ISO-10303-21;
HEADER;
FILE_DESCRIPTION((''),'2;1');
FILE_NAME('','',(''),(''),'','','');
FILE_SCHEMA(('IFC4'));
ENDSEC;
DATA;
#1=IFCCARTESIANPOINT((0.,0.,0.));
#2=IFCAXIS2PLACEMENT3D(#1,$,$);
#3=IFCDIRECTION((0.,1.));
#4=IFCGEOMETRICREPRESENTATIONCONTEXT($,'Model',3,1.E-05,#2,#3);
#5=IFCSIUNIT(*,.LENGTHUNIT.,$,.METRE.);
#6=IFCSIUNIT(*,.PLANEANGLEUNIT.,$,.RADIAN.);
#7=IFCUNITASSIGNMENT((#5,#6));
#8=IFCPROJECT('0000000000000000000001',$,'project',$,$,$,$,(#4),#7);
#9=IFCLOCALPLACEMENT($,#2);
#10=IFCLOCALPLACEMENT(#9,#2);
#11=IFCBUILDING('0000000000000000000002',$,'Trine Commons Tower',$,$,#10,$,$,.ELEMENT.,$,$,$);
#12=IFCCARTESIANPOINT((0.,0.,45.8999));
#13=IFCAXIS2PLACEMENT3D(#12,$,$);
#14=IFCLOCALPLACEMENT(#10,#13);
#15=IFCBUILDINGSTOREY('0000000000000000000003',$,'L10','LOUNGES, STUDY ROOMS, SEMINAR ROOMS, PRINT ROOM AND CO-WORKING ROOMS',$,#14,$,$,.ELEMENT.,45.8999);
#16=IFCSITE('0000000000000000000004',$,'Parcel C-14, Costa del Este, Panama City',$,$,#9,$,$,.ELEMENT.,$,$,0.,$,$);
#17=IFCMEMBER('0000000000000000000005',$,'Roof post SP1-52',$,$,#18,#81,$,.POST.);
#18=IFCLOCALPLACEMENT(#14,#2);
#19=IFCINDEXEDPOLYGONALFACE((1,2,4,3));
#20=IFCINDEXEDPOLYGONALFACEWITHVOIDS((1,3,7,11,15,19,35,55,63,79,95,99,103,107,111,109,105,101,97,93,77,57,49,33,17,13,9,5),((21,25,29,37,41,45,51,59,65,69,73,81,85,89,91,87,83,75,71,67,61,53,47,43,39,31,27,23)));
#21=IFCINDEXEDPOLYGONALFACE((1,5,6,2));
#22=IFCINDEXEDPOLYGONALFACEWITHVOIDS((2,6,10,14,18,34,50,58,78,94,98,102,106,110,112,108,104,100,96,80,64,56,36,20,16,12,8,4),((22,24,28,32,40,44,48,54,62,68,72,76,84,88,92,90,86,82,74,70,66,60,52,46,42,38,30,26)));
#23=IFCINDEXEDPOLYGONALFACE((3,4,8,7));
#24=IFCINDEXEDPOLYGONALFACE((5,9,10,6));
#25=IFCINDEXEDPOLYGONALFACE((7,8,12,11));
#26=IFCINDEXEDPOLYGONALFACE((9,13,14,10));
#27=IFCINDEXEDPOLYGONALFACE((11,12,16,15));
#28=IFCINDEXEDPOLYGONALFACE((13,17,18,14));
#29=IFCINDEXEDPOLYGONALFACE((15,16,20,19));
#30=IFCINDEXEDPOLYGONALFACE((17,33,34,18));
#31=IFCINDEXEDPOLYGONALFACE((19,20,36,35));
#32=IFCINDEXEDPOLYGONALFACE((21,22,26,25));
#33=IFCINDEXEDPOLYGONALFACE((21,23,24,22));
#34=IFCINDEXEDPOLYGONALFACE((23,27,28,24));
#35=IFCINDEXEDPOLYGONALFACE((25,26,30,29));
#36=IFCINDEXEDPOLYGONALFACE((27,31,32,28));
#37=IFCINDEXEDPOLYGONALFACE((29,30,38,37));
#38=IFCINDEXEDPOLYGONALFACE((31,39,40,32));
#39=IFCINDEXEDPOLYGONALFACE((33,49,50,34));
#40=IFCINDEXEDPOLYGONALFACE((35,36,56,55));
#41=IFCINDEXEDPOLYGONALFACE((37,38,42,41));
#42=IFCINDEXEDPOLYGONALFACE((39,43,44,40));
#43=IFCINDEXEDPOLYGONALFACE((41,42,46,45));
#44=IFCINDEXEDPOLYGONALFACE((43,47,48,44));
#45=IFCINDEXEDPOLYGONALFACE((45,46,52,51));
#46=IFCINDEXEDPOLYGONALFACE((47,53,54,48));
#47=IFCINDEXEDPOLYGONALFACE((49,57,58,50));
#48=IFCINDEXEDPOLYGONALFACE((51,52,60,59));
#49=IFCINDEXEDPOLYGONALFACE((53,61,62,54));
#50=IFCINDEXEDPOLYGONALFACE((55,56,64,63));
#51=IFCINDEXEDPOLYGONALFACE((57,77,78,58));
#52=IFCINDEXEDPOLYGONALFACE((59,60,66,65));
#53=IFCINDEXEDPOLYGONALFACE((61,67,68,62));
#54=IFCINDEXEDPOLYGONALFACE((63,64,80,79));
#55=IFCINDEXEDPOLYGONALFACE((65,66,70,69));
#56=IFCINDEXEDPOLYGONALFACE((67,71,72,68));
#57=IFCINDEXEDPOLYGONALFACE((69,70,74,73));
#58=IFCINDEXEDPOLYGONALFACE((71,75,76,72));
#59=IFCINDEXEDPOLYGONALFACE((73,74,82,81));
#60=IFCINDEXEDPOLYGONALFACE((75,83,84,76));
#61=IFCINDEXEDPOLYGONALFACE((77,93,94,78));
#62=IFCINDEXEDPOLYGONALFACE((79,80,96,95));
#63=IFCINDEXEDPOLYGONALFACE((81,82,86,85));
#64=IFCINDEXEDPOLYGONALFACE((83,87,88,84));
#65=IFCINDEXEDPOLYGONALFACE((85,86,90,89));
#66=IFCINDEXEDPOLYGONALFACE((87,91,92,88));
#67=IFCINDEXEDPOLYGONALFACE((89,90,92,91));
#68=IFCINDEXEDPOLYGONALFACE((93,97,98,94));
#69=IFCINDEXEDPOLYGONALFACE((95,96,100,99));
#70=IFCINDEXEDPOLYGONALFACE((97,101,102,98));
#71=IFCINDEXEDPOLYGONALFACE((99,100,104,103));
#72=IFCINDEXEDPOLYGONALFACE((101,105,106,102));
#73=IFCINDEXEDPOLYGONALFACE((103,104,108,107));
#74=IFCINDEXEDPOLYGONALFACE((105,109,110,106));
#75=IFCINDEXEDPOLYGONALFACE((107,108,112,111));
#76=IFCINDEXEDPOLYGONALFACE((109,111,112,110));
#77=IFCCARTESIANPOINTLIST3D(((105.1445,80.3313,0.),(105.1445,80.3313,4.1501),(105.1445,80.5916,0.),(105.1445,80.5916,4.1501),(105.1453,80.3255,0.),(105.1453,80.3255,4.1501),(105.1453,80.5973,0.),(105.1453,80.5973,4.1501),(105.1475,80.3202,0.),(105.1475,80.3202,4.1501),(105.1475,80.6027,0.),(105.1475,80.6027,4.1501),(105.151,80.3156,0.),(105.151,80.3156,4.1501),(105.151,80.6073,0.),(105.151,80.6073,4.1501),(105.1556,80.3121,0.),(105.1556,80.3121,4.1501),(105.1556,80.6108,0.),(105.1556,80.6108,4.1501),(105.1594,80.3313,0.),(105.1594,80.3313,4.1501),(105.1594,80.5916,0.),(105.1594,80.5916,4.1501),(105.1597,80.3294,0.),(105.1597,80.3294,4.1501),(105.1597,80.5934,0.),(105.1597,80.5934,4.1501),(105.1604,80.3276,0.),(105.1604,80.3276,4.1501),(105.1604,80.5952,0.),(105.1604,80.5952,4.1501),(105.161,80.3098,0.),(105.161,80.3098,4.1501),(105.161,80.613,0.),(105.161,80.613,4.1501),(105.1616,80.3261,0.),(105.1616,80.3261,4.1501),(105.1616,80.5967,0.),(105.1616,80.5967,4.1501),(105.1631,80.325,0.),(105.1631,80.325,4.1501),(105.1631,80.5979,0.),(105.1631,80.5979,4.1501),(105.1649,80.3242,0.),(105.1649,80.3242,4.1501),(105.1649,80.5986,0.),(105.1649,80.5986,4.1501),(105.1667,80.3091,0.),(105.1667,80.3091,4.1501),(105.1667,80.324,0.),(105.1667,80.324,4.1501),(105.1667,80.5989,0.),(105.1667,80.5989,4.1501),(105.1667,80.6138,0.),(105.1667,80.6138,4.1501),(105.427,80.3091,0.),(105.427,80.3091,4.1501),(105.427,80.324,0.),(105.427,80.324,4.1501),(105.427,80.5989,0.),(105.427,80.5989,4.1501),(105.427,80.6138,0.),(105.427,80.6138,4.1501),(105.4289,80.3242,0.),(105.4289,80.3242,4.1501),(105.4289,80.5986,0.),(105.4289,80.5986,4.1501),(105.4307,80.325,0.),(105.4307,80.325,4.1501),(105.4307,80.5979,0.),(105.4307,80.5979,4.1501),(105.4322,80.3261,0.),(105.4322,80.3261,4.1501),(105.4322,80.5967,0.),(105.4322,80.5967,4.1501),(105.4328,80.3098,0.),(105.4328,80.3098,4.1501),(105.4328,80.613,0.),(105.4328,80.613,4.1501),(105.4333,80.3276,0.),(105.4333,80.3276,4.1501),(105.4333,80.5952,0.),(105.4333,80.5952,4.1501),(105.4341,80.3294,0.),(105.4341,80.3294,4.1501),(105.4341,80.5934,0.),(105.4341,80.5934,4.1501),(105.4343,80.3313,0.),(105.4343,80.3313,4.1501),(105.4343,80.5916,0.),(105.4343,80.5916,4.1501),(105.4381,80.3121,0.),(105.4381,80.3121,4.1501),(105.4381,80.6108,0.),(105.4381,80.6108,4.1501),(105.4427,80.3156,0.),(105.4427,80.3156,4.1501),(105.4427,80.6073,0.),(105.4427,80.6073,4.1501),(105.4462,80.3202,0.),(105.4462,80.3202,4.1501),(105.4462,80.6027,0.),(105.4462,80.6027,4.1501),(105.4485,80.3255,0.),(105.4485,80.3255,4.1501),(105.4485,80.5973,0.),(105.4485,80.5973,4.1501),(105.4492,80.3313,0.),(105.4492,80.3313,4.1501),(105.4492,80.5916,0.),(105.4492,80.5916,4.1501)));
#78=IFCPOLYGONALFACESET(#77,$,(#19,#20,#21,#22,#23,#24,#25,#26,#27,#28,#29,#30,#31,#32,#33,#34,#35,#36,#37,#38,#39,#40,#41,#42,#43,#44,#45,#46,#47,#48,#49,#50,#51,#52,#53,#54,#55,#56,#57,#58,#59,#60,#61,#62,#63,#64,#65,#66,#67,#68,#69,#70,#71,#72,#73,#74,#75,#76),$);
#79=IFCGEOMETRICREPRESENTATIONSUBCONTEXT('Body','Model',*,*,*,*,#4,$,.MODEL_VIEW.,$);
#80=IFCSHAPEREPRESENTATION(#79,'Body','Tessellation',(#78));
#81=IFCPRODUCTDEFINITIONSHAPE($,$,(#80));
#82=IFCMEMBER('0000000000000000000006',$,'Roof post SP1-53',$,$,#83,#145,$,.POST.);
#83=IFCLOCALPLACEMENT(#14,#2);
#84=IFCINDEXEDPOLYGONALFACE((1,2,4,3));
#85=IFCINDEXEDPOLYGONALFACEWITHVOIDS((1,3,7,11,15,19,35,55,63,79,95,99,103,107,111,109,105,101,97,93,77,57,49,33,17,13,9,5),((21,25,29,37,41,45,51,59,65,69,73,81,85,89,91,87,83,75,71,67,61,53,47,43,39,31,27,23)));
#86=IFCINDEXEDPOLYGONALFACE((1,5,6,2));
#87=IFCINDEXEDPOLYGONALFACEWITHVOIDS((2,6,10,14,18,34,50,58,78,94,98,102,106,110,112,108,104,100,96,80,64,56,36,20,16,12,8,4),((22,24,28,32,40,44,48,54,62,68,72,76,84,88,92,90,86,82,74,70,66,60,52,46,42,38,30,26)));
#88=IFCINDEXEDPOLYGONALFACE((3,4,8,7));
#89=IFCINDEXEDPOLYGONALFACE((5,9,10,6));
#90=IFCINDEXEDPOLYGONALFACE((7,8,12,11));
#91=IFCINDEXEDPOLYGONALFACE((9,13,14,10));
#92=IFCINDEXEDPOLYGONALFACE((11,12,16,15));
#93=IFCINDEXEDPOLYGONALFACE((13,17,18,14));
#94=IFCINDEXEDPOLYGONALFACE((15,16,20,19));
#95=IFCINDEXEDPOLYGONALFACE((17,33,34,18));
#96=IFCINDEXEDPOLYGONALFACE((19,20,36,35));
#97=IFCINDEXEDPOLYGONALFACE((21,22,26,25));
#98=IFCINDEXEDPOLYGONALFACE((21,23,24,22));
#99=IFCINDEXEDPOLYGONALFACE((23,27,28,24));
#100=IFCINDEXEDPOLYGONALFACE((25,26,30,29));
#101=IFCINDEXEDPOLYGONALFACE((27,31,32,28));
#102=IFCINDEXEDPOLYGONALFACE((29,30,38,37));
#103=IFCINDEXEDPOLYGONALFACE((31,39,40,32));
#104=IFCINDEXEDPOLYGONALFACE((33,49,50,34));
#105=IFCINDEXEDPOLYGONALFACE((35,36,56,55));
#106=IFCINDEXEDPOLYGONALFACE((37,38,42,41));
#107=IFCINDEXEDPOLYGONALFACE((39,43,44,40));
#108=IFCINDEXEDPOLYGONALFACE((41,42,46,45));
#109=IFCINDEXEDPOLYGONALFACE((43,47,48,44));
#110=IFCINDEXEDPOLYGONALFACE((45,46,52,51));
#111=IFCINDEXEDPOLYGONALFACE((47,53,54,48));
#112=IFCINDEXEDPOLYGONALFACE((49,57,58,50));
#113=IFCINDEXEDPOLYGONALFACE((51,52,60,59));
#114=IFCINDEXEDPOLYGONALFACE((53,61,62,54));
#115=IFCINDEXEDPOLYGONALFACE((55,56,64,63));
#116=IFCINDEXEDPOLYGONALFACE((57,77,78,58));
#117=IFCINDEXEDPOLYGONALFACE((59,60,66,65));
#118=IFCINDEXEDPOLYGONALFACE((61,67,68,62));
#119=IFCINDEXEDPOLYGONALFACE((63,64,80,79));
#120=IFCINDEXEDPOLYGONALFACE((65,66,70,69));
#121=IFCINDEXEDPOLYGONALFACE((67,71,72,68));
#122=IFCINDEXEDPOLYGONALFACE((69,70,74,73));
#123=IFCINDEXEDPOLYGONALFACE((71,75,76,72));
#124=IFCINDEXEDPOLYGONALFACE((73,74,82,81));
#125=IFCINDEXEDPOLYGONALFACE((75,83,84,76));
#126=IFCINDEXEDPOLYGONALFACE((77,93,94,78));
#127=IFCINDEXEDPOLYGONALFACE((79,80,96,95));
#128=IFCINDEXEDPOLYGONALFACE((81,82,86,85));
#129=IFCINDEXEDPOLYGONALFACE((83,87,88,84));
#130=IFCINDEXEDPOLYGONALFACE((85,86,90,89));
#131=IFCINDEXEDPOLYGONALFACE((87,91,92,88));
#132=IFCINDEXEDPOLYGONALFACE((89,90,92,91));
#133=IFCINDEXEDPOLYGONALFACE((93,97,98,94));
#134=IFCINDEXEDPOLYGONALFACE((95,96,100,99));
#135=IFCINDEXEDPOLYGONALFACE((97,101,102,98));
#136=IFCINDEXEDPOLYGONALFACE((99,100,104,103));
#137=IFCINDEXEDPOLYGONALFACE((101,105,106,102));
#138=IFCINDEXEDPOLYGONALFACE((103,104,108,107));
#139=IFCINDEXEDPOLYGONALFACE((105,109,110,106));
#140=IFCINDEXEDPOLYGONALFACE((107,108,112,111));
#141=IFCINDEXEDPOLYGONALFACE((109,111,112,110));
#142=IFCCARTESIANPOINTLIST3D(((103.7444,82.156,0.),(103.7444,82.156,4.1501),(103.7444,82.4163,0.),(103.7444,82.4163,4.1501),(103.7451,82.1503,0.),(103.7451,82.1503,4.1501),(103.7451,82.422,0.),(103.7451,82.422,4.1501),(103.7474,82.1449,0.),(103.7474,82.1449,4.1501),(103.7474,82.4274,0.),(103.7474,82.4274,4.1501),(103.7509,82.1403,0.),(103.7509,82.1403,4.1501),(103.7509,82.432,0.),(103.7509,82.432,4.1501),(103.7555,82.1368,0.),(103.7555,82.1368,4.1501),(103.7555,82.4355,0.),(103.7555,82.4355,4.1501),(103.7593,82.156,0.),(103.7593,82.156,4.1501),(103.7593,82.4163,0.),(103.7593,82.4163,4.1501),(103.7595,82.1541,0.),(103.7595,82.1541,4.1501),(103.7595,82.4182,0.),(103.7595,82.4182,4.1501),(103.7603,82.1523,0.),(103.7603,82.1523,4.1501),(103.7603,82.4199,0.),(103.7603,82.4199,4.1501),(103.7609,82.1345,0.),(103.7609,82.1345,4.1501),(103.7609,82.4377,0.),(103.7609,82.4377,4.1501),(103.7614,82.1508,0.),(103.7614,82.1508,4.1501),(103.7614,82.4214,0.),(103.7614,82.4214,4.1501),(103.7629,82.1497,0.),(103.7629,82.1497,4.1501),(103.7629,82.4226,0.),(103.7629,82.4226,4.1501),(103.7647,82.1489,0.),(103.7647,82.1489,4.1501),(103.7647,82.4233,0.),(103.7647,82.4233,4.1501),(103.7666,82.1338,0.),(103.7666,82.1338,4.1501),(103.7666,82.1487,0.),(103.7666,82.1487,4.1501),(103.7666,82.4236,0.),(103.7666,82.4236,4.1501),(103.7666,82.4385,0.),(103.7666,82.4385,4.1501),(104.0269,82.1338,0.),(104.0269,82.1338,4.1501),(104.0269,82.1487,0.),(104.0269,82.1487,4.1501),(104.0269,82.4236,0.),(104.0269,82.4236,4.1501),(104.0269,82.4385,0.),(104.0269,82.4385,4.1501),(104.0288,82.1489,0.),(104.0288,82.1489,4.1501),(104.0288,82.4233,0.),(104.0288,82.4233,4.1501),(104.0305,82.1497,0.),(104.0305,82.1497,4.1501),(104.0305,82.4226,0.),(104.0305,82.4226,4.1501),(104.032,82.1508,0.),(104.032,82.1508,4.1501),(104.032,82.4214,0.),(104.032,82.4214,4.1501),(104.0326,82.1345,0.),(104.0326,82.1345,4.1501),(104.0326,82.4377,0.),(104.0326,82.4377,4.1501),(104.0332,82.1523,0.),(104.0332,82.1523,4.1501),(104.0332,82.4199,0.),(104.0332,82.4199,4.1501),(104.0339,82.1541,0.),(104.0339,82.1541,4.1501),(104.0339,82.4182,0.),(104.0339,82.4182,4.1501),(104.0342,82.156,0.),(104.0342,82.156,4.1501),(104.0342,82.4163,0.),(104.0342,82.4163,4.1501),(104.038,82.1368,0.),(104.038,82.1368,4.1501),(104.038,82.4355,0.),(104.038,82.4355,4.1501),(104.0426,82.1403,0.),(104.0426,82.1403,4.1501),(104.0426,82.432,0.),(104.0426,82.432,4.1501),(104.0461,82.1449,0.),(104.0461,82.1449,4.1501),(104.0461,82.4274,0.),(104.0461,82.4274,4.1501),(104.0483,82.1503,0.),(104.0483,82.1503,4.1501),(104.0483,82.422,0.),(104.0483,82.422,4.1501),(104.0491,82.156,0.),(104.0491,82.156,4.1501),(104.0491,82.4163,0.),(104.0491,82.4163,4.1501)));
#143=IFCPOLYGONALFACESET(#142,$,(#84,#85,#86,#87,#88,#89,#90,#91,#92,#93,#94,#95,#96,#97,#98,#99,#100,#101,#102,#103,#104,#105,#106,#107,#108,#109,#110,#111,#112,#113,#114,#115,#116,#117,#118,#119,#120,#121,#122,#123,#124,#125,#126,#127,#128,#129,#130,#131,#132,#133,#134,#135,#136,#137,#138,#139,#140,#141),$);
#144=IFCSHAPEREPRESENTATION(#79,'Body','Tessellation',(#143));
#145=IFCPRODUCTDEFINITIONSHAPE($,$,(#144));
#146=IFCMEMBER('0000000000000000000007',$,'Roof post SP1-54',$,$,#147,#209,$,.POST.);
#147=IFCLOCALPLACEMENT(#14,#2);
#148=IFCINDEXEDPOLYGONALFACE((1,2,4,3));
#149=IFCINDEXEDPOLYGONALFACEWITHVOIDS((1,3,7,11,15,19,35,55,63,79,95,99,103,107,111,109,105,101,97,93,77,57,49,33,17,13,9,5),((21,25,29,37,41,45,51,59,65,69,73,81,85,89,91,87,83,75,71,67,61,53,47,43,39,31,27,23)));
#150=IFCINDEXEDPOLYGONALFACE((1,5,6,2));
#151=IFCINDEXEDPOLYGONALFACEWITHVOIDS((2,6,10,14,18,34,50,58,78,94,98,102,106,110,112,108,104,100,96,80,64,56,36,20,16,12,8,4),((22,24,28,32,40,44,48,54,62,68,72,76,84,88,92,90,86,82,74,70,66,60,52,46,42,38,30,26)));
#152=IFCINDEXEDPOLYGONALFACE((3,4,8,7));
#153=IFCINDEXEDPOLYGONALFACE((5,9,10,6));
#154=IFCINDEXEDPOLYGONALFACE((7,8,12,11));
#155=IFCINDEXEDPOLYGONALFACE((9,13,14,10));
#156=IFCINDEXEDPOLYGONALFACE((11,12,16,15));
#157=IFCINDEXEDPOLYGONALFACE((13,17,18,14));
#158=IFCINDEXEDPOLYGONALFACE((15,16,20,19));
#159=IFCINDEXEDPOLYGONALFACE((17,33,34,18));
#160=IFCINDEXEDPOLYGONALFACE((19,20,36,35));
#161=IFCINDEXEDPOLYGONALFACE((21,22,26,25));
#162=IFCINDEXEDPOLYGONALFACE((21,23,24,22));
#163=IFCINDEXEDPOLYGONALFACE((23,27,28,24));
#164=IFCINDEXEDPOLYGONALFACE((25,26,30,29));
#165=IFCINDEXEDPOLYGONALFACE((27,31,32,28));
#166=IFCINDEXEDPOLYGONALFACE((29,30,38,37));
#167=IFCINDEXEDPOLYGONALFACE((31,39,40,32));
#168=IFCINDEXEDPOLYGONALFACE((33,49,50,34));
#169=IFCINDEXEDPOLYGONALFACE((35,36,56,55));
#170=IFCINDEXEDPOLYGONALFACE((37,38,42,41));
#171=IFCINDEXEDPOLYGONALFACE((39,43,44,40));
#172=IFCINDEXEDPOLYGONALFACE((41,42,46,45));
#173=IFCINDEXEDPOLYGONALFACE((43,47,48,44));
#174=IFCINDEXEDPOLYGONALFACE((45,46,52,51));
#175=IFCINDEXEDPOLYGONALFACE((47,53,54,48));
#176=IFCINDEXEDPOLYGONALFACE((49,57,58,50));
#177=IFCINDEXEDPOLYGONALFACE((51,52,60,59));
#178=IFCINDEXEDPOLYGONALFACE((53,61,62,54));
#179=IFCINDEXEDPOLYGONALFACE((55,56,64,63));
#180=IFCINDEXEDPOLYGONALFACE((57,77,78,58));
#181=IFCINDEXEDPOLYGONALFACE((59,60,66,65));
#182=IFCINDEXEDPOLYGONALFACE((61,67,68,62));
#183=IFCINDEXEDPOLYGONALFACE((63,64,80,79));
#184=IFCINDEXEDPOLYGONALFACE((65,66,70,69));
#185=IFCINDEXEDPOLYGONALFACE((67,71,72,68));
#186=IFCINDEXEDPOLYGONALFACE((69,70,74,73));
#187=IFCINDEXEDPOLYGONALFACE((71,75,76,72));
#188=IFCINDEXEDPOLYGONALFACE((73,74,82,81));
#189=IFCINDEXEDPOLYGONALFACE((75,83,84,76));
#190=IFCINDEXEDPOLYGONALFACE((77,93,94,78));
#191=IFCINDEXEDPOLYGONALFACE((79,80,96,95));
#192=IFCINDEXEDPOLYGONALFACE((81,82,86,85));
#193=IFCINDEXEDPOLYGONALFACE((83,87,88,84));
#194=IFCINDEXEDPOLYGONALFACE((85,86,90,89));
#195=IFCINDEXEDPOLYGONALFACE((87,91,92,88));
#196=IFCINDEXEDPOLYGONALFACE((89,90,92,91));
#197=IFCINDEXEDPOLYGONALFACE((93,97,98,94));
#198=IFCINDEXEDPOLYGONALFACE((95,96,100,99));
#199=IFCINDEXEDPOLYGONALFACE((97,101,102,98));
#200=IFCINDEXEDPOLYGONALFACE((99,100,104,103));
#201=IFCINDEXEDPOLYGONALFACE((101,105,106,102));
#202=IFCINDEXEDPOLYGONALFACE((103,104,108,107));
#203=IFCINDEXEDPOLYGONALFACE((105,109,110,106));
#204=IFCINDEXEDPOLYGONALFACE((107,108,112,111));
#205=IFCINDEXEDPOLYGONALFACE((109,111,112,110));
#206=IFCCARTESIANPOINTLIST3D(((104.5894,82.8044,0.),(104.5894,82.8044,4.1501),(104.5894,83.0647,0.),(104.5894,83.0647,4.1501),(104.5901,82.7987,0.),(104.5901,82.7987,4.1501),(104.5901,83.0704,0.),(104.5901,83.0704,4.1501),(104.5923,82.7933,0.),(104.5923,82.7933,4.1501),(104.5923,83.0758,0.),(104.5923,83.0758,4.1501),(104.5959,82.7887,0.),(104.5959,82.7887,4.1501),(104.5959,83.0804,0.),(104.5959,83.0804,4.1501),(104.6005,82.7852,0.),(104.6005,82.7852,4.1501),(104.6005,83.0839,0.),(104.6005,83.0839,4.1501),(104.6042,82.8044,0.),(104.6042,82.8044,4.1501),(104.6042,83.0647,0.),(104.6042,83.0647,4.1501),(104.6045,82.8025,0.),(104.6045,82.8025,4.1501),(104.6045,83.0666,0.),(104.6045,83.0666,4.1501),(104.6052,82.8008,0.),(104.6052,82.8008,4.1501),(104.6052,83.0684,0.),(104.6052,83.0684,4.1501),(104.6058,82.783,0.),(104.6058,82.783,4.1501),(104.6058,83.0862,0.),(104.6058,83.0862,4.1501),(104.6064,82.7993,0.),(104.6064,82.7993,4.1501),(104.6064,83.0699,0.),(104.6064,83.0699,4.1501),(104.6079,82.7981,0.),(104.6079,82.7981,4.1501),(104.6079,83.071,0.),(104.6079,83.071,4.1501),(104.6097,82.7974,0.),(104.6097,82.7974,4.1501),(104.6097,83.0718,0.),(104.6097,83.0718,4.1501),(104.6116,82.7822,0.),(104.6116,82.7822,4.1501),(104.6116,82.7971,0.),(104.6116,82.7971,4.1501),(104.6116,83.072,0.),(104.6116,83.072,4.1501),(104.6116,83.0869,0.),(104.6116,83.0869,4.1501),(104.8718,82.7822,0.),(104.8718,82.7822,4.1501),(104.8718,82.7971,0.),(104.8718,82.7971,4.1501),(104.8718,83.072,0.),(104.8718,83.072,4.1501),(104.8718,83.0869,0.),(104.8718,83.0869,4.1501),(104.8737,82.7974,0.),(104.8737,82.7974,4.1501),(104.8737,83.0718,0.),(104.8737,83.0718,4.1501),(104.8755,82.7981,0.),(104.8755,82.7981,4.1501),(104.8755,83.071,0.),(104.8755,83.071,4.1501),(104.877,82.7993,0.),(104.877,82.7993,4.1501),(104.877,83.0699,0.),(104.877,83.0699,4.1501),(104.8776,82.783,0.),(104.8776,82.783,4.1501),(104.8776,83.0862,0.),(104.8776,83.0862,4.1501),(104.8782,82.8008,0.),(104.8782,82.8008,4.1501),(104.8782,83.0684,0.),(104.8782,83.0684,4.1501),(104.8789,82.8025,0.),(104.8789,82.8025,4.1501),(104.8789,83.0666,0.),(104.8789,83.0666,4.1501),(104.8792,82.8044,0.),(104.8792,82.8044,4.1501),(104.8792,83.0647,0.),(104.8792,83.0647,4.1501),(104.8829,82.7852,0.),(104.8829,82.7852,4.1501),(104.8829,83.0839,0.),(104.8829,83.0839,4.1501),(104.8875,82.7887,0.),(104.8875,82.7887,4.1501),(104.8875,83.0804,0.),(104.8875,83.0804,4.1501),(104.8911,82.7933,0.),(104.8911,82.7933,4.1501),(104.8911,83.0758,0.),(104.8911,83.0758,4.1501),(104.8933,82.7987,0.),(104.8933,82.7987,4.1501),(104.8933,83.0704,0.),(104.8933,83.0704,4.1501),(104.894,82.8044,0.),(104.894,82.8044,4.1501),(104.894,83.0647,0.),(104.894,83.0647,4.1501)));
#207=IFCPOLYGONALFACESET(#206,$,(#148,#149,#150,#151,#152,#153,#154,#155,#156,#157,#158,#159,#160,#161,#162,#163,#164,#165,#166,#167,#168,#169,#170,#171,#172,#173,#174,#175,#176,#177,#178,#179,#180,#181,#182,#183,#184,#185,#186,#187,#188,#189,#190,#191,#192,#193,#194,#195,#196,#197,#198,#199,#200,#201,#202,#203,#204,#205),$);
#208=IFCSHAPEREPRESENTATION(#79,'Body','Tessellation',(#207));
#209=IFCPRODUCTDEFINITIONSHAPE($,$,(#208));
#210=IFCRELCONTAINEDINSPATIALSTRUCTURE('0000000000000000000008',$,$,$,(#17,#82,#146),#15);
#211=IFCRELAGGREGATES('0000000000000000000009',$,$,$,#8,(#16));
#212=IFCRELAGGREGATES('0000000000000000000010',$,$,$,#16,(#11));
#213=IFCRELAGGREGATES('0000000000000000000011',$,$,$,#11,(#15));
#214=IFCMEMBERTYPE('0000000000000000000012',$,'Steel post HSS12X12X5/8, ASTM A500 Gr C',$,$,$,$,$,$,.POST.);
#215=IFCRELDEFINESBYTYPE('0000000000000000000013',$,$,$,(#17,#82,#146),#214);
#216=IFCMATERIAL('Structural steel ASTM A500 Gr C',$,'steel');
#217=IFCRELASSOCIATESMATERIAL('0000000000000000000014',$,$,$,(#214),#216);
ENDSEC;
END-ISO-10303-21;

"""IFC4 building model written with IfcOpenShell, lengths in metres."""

from ifc_helpers import new_model, si_unit, direction, frame, origin, origin_2d, place, context, subcontext, project, spatial, hollow_rectangle, extrude, material, material_profile, profile_set, type_object, element, save


model = new_model("IFC4")

# Units and contexts
model_context = context("Model", 3, precision=1e-05, world=origin(), true_north=direction((0.0, 1.0)))
body_context = subcontext(model_context, "Body", "Model", "MODEL_VIEW")
ifc_project = project(units=[si_unit("LENGTHUNIT", "METRE"), si_unit("PLANEANGLEUNIT", "RADIAN")], contexts=[model_context])

# Site, building, storey
site_placement = place(None, origin())
site = spatial("IfcSite", under=ifc_project, at=site_placement, Name="Parcel C-14, Costa del Este, Panama City", CompositionType="ELEMENT", RefElevation=0.0)
building_placement = place(site_placement, origin())
building = spatial("IfcBuilding", under=site, at=building_placement, Name="Trine Commons Tower", CompositionType="ELEMENT")
storey_placement = place(building_placement, frame((0.0, 0.0, 45.8999)))
storey = spatial("IfcBuildingStorey", under=building, at=storey_placement, Name="L10", Description="LOUNGES, STUDY ROOMS, SEMINAR ROOMS, PRINT ROOM AND CO-WORKING ROOMS", CompositionType="ELEMENT", Elevation=45.8999)

# Members
ifc_material_1 = material(Name="Structural steel ASTM A500 Gr C", Category="steel")
ifc_material_profile_1 = material_profile(ifc_material_1, hollow_rectangle(XDim=0.3047, YDim=0.3047, WallThickness=0.0149, InnerFilletRadius=0.0073, OuterFilletRadius=0.0222, at=origin_2d()), Name="HSS12X12X5/8")
ifc_profile_set_1 = profile_set([ifc_material_profile_1], Name="Structural steel ASTM A500 Gr C")
member_type_1 = type_object("IfcMemberType", Name="Steel post HSS12X12X5/8, ASTM A500 Gr C", PredefinedType="POST", material=ifc_profile_set_1)
for number, where, z_axis, x_axis, name in (
    (1, (105.2969, 80.4614, 0.0), (0.0, 0.0, 1.0), (1.0, 0.0, 0.0), "Roof post SP1-52"),
    (2, (103.8967, 82.2861, 0.0), (0.0, 0.0, 1.0), (1.0, 0.0, 0.0), "Roof post SP1-53"),
    (3, (104.7417, 82.9346, 0.0), (0.0, 0.0, 1.0), (1.0, 0.0, 0.0), "Roof post SP1-54"),
):
    element("IfcMember", number, at=place(storey_placement, frame(where, z_axis=z_axis, x_axis=x_axis)), inside=storey, type_object=member_type_1, Name=name, PredefinedType="POST", context=body_context, shape_type="SweptSolid", body=[
        extrude(hollow_rectangle(XDim=0.3047, YDim=0.3047, WallThickness=0.0149, InnerFilletRadius=0.0073, OuterFilletRadius=0.0222, at=origin_2d()), origin(), (0.0, 0.0, 1.0), 4.1501),
    ])

save(model, "model.ifc")
